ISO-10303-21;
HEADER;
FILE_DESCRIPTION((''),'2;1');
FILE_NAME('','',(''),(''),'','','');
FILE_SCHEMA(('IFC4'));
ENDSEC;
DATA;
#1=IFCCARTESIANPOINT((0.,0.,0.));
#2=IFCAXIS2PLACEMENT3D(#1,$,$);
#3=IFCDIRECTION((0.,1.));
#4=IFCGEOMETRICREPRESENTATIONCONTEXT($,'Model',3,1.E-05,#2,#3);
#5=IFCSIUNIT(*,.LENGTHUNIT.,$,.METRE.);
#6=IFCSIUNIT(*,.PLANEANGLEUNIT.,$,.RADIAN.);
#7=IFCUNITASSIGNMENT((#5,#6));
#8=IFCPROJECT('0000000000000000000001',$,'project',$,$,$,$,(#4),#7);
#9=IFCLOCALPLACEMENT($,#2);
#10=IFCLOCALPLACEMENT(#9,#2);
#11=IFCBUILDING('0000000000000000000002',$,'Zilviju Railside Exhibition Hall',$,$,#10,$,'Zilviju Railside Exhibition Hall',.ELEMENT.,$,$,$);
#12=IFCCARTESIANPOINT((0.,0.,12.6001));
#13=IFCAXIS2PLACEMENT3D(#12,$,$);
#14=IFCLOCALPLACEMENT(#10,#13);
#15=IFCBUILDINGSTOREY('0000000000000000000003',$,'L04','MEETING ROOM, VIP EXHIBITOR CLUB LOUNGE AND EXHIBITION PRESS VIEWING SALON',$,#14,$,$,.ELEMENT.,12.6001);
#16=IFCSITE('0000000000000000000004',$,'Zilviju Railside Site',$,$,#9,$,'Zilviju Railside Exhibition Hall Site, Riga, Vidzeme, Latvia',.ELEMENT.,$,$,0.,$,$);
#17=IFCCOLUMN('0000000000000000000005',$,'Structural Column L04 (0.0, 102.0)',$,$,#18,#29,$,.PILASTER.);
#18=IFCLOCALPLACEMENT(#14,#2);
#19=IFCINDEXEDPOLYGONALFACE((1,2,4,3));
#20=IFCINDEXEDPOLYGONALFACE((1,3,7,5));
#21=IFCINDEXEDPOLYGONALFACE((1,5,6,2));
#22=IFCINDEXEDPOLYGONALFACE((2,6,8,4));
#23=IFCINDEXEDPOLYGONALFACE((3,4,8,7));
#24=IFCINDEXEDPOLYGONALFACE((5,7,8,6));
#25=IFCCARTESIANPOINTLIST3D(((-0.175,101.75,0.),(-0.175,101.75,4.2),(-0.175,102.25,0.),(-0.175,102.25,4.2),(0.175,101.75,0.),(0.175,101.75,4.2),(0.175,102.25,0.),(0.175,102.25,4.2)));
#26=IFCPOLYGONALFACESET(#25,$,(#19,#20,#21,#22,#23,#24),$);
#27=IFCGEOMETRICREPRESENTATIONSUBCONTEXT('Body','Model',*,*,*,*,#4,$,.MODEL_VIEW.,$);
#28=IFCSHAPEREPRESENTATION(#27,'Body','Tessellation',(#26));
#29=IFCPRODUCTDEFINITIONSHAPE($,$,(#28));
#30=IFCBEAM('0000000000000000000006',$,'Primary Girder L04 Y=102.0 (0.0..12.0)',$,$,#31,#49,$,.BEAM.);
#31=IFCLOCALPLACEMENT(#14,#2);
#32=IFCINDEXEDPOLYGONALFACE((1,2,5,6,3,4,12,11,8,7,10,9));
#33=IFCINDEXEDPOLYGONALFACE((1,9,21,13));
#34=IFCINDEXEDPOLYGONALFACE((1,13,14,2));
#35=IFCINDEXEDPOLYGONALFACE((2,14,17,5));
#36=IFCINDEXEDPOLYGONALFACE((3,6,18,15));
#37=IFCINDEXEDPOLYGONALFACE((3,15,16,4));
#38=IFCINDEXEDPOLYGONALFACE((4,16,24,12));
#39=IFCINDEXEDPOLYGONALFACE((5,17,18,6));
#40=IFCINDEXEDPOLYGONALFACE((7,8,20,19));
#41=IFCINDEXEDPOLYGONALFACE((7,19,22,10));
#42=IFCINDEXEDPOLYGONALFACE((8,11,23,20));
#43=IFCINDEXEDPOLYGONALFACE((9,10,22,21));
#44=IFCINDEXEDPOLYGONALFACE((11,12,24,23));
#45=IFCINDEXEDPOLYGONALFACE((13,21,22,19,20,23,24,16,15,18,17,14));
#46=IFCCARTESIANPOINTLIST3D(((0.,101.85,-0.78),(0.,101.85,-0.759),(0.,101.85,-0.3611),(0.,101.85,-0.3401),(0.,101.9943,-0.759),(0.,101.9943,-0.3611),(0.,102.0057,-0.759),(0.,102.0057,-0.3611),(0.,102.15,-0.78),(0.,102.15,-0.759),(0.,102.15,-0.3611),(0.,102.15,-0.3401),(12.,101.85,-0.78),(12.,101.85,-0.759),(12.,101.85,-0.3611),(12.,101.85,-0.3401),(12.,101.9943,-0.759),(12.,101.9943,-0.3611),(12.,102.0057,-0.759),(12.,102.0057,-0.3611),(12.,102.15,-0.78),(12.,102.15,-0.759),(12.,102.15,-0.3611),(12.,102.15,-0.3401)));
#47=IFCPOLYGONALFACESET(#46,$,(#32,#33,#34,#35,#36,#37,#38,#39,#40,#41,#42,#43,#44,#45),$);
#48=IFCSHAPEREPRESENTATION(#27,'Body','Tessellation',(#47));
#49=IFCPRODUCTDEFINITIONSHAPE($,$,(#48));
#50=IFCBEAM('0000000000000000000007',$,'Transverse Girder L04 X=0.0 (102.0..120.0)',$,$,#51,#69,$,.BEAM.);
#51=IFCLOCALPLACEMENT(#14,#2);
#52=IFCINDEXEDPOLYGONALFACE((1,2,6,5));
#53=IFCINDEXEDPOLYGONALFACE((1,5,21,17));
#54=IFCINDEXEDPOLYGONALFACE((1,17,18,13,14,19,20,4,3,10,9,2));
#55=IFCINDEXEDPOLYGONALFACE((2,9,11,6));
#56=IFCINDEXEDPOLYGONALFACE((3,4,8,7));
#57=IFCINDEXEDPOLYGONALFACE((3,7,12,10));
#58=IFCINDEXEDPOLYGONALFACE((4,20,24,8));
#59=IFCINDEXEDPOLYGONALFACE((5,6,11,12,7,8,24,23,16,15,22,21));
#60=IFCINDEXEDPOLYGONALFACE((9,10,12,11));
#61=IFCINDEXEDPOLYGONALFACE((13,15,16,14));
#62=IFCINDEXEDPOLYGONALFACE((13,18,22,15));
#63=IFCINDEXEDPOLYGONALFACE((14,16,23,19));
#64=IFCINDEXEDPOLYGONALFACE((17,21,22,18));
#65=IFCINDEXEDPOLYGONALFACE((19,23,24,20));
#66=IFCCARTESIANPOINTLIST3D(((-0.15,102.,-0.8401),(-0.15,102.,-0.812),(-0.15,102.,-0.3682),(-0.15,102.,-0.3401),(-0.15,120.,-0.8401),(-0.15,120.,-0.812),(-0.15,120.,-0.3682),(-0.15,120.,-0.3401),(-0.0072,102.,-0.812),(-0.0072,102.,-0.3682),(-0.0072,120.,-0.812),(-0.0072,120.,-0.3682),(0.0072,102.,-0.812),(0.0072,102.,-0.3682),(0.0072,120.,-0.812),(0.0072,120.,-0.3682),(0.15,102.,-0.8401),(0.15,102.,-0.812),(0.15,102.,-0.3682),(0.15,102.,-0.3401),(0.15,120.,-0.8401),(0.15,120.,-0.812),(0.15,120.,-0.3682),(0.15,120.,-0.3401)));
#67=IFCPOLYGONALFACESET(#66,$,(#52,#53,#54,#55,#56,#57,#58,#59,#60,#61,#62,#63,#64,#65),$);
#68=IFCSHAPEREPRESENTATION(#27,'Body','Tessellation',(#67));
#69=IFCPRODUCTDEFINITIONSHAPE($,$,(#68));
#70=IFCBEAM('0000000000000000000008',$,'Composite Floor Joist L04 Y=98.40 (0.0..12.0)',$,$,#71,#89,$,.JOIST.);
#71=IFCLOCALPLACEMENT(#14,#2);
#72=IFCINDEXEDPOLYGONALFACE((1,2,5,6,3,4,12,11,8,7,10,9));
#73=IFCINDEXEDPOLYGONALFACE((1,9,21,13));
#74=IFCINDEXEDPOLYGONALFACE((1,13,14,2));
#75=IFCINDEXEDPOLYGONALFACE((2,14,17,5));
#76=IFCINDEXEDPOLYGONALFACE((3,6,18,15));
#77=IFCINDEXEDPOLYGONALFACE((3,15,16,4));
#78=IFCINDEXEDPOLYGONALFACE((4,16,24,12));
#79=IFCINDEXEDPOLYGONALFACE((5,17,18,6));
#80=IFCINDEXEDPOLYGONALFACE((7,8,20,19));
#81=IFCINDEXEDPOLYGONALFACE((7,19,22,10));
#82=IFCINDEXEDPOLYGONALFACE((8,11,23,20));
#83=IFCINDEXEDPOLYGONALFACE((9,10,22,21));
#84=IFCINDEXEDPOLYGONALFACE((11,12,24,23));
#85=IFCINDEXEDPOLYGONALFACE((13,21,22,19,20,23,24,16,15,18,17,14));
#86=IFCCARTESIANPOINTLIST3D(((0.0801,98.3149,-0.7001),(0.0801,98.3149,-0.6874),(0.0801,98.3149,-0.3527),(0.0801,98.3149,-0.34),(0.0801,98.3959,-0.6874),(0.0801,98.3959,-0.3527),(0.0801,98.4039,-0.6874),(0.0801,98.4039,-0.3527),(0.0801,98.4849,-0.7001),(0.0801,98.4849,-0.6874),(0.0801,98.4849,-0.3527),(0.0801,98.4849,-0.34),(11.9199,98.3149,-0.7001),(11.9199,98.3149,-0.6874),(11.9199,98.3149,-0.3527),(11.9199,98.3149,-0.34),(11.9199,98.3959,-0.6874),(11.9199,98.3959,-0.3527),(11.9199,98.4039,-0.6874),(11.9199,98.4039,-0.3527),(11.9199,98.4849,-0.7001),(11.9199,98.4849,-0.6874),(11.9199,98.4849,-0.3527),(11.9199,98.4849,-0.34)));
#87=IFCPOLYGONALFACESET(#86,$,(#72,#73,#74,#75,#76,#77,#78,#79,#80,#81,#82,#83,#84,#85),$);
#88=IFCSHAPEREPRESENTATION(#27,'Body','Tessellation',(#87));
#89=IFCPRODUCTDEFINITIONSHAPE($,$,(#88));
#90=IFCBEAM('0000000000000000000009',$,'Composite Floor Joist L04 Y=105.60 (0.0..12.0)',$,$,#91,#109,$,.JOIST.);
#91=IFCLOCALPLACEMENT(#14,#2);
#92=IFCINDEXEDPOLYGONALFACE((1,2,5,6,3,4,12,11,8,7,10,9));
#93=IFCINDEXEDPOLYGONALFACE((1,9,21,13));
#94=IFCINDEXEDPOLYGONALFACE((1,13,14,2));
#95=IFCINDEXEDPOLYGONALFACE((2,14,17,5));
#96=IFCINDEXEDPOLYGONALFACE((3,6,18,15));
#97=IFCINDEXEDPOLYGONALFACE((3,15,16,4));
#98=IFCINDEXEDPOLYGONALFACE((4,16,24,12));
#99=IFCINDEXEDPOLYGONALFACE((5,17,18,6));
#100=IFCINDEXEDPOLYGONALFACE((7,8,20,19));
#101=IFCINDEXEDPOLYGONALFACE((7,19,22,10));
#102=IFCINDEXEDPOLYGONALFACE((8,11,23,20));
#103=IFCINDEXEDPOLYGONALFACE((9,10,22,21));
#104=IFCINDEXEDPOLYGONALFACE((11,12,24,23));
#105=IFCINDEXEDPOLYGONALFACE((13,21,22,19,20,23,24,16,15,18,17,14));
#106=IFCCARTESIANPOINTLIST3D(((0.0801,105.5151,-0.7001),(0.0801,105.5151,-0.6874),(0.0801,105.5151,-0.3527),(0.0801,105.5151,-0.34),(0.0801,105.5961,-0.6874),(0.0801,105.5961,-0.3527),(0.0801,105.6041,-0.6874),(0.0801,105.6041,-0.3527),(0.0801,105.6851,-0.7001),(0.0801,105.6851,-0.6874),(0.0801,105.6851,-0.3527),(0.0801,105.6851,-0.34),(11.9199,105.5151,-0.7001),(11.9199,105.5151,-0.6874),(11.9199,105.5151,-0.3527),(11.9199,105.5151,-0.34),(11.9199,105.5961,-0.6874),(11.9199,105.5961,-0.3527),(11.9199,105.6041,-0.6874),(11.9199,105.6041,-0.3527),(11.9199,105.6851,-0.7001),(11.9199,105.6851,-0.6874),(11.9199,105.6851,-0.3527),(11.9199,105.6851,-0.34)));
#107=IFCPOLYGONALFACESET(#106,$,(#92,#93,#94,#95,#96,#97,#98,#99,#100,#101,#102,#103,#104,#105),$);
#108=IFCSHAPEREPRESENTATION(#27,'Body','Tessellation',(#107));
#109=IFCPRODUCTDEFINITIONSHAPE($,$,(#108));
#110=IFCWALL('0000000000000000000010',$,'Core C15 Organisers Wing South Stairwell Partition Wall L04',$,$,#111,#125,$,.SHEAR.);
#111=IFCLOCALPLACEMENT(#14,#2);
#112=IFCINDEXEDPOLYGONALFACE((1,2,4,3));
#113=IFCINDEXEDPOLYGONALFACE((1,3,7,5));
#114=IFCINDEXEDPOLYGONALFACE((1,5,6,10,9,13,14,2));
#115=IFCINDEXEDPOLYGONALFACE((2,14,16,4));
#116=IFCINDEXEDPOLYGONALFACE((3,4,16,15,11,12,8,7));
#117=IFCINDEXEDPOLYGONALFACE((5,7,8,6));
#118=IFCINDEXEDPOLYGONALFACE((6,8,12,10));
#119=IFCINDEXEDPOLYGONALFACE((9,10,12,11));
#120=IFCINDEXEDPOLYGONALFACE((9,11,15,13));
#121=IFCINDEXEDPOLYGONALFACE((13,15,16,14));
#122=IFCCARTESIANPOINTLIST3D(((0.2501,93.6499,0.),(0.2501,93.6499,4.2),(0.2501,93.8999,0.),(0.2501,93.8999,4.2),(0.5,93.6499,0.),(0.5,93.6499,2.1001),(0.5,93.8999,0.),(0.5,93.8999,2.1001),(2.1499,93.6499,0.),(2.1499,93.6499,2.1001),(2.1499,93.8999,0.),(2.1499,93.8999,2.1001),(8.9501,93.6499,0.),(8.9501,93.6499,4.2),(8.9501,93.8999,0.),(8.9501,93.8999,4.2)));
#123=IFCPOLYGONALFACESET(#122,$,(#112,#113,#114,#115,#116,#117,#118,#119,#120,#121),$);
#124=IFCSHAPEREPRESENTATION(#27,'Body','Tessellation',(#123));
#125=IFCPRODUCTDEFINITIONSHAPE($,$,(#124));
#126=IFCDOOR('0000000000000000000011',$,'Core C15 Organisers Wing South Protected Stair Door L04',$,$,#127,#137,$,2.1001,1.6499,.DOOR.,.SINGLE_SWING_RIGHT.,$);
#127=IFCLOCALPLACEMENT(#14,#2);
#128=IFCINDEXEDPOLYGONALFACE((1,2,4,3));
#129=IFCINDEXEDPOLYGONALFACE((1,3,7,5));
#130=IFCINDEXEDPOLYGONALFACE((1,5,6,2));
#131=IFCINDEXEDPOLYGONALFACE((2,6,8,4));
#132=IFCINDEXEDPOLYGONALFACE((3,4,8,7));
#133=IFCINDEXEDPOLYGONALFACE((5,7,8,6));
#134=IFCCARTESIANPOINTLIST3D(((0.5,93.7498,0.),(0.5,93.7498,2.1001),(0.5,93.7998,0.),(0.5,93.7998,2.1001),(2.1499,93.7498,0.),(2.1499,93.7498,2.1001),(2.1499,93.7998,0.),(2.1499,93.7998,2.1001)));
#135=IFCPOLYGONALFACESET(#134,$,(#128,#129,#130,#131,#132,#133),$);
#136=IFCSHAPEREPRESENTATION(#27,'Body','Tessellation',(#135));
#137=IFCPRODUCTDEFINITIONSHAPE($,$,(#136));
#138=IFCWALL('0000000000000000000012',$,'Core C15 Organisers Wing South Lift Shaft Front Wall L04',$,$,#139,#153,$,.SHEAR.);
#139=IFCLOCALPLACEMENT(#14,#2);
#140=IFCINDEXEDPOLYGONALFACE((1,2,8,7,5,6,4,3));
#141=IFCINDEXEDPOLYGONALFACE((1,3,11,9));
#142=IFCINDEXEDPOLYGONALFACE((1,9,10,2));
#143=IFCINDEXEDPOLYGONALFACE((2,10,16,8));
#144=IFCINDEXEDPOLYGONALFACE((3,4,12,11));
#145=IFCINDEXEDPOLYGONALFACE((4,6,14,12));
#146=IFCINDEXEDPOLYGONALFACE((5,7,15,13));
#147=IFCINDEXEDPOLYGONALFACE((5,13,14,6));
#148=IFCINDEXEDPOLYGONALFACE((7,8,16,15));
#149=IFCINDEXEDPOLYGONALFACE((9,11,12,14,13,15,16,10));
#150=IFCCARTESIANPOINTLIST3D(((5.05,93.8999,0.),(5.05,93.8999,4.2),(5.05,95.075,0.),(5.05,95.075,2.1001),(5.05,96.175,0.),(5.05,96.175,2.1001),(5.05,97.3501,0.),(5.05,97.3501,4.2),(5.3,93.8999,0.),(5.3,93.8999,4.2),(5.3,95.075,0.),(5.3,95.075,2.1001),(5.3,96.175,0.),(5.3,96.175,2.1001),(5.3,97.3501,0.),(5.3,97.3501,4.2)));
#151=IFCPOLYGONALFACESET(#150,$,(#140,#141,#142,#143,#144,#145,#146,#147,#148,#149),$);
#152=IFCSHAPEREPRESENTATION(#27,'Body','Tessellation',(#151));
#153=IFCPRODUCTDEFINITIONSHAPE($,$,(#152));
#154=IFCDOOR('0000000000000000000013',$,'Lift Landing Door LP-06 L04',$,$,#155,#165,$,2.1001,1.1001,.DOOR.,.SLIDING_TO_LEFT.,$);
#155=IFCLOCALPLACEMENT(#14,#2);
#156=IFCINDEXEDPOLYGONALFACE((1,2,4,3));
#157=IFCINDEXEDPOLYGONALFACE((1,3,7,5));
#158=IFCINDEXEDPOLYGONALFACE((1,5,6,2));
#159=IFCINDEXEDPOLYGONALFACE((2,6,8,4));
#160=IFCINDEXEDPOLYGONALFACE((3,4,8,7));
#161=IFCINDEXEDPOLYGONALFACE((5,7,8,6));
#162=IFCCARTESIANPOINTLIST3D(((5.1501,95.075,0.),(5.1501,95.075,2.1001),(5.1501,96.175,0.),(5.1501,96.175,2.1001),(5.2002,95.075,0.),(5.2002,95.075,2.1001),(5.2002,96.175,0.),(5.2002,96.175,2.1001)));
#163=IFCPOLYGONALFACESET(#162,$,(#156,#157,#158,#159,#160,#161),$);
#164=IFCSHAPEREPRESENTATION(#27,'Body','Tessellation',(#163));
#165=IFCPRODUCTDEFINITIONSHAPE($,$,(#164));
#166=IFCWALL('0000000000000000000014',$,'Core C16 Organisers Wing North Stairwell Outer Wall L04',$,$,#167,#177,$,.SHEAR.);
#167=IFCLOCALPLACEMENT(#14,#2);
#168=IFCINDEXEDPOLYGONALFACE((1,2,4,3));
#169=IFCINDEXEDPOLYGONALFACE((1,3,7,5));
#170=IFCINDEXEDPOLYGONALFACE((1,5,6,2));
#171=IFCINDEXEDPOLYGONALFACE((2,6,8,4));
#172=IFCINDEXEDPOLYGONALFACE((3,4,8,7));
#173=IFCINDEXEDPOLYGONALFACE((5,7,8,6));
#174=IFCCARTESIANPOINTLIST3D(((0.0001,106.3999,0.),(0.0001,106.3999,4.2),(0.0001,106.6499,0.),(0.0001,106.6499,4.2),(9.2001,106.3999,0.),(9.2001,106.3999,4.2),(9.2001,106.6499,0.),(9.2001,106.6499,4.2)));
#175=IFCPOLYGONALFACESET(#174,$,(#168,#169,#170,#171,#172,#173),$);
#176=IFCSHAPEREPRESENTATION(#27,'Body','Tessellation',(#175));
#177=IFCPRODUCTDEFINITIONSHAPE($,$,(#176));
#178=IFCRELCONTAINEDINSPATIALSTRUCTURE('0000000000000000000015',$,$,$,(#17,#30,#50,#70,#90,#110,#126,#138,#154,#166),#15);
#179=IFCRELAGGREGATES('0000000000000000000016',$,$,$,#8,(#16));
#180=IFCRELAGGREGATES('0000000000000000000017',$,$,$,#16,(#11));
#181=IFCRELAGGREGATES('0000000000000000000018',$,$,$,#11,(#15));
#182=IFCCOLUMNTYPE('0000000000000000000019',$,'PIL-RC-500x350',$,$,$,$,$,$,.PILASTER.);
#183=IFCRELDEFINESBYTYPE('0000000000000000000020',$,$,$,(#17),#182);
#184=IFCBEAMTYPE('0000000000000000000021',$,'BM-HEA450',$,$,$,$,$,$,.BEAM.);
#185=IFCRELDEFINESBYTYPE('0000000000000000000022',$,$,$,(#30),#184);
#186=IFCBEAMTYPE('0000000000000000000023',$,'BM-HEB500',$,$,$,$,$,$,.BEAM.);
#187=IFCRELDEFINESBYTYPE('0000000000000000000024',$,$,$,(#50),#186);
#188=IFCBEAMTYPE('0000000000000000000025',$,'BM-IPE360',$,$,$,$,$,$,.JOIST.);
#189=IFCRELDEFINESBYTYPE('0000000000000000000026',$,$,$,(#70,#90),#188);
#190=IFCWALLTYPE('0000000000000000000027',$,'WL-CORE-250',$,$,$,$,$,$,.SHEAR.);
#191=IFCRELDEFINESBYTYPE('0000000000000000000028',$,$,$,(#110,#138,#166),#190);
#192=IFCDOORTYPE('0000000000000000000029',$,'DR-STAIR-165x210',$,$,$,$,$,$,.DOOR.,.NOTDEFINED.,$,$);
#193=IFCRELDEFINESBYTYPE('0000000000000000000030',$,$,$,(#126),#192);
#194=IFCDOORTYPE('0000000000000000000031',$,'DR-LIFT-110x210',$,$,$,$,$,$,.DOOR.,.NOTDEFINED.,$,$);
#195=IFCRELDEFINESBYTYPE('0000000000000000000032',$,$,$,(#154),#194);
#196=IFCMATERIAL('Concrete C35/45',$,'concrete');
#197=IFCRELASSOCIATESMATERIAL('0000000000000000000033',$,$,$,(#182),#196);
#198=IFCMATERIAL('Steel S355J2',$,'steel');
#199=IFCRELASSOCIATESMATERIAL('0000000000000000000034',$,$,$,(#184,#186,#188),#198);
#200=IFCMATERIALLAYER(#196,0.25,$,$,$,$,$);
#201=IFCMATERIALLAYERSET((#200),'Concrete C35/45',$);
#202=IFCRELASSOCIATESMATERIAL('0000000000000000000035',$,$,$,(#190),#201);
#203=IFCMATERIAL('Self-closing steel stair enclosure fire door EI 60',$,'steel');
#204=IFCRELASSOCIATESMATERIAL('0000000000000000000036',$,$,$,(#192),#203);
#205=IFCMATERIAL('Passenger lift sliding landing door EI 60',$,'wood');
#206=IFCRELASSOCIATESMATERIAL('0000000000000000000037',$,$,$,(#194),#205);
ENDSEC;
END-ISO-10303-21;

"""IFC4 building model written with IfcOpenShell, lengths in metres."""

from ifc_helpers import new_model, si_unit, direction, frame, frame_2d, origin, origin_2d, place, context, subcontext, project, spatial, rectangle, i_section, extrude, material, layer, layer_set, material_profile, profile_set, type_object, element, fill, save


model = new_model("IFC4")

# Units and contexts
model_context = context("Model", 3, precision=1e-05, world=origin(), true_north=direction((0.0, 1.0)))
body_context = subcontext(model_context, "Body", "Model", "MODEL_VIEW")
ifc_project = project(units=[si_unit("LENGTHUNIT", "METRE"), si_unit("PLANEANGLEUNIT", "RADIAN")], contexts=[model_context])

# Site, building, storey
site_placement = place(None, origin())
site = spatial("IfcSite", under=ifc_project, at=site_placement, Name="Zilviju Railside Site", LongName="Zilviju Railside Exhibition Hall Site, Riga, Vidzeme, Latvia", CompositionType="ELEMENT", RefElevation=0.0)
building_placement = place(site_placement, origin())
building = spatial("IfcBuilding", under=site, at=building_placement, Name="Zilviju Railside Exhibition Hall", LongName="Zilviju Railside Exhibition Hall", CompositionType="ELEMENT")
storey_placement = place(building_placement, frame((0.0, 0.0, 12.6001)))
storey = spatial("IfcBuildingStorey", under=building, at=storey_placement, Name="L04", Description="MEETING ROOM, VIP EXHIBITOR CLUB LOUNGE AND EXHIBITION PRESS VIEWING SALON", CompositionType="ELEMENT", Elevation=12.6001)

# Column
ifc_material_1 = material(Name="Concrete C35/45", Category="concrete")
ifc_material_profile_1 = material_profile(ifc_material_1, rectangle(XDim=0.3501, YDim=0.5, at=origin_2d()), Name="RC COL 350x500")
ifc_profile_set_1 = profile_set([ifc_material_profile_1], Name="Concrete C35/45")
column_type = type_object("IfcColumnType", Name="PIL-RC-500x350", PredefinedType="PILASTER", material=ifc_profile_set_1)
column_placement = place(storey_placement, frame((0.0, 102.0, 0.0), z_axis=(0.0, 0.0, 1.0), x_axis=(1.0, 0.0, 0.0)))
element("IfcColumn", 1, at=column_placement, inside=storey, type_object=column_type, Name="Structural Column L04 (0.0, 102.0)", PredefinedType="PILASTER", context=body_context, shape_type="SweptSolid", body=[
    extrude(rectangle(XDim=0.3501, YDim=0.5, at=origin_2d()), origin(), (0.0, 0.0, 1.0), 4.2),
])

# Beams
ifc_material_2 = material(Name="Steel S355J2", Category="steel")
ifc_material_profile_2 = material_profile(ifc_material_2, i_section(OverallWidth=0.3, OverallDepth=0.4399, WebThickness=0.0115, FlangeThickness=0.021, at=origin_2d()), Name="HEA 450")
ifc_profile_set_2 = profile_set([ifc_material_profile_2], Name="Steel S355J2")
beam_type_1 = type_object("IfcBeamType", Name="BM-HEA450", PredefinedType="BEAM", material=ifc_profile_set_2)
beam_1_placement = place(storey_placement, frame((0.0, 102.0, -0.5601), z_axis=(1.0, 0.0, 0.0), x_axis=(0.0, 1.0, 0.0)))
element("IfcBeam", 2, at=beam_1_placement, inside=storey, type_object=beam_type_1, Name="Primary Girder L04 Y=102.0 (0.0..12.0)", PredefinedType="BEAM", context=body_context, shape_type="SweptSolid", body=[
    extrude(i_section(OverallWidth=0.3, OverallDepth=0.4399, WebThickness=0.0115, FlangeThickness=0.021, at=origin_2d()), origin(), (0.0, 0.0, 1.0), 12.0),
])
ifc_material_profile_3 = material_profile(ifc_material_2, i_section(OverallWidth=0.3, OverallDepth=0.5, WebThickness=0.0144, FlangeThickness=0.0281, at=origin_2d()), Name="HEB 500")
ifc_profile_set_3 = profile_set([ifc_material_profile_3], Name="Steel S355J2")
beam_type_2 = type_object("IfcBeamType", Name="BM-HEB500", PredefinedType="BEAM", material=ifc_profile_set_3)
beam_2_placement = place(storey_placement, frame((0.0, 102.0, -0.5901), z_axis=(0.0, 1.0, 0.0), x_axis=(-1.0, 0.0, 0.0)))
element("IfcBeam", 3, at=beam_2_placement, inside=storey, type_object=beam_type_2, Name="Transverse Girder L04 X=0.0 (102.0..120.0)", PredefinedType="BEAM", context=body_context, shape_type="SweptSolid", body=[
    extrude(i_section(OverallWidth=0.3, OverallDepth=0.5, WebThickness=0.0144, FlangeThickness=0.0281, at=origin_2d()), origin(), (0.0, 0.0, 1.0), 18.0),
])
ifc_material_profile_4 = material_profile(ifc_material_2, i_section(OverallWidth=0.1699, OverallDepth=0.3601, WebThickness=0.0081, FlangeThickness=0.0127, at=origin_2d()), Name="IPE 360")
ifc_profile_set_4 = profile_set([ifc_material_profile_4], Name="Steel S355J2")
beam_type_3 = type_object("IfcBeamType", Name="BM-IPE360", PredefinedType="JOIST", material=ifc_profile_set_4)
for number, where, z_axis, x_axis, name in (
    (4, (0.0801, 98.3999, -0.52), (1.0, 0.0, 0.0), (0.0, 1.0, 0.0), "Composite Floor Joist L04 Y=98.40 (0.0..12.0)"),
    (5, (0.0801, 105.6001, -0.52), (1.0, 0.0, 0.0), (0.0, 1.0, 0.0), "Composite Floor Joist L04 Y=105.60 (0.0..12.0)"),
):
    element("IfcBeam", number, at=place(storey_placement, frame(where, z_axis=z_axis, x_axis=x_axis)), inside=storey, type_object=beam_type_3, Name=name, PredefinedType="JOIST", context=body_context, shape_type="SweptSolid", body=[
        extrude(i_section(OverallWidth=0.1699, OverallDepth=0.3601, WebThickness=0.0081, FlangeThickness=0.0127, at=origin_2d()), origin(), (0.0, 0.0, 1.0), 11.8398),
    ])

# Walls, openings, doors
ifc_layer_1 = layer(ifc_material_1, 0.25)
ifc_layer_set_1 = layer_set([ifc_layer_1], Name="Concrete C35/45")
wall_type_1 = type_object("IfcWallType", Name="WL-CORE-250", PredefinedType="SHEAR", material=ifc_layer_set_1)
wall_1_placement = place(storey_placement, frame((0.25, 93.7749, 0.0), z_axis=(0.0, 0.0, 1.0), x_axis=(1.0, 0.0, 0.0)))
wall_1 = element("IfcWall", 6, at=wall_1_placement, inside=storey, type_object=wall_type_1, Name="Core C15 Organisers Wing South Stairwell Partition Wall L04", PredefinedType="SHEAR", context=body_context, shape_type="SweptSolid", body=[
    extrude(rectangle(XDim=8.7, YDim=0.25, at=frame_2d((4.3501, 0.0))), origin(), (0.0, 0.0, 1.0), 4.2),
])
opening_1_placement = place(wall_1_placement, frame((0.25, 0.0, 0.0)))
opening_1 = element("IfcOpeningElement", 7, at=opening_1_placement, cuts=wall_1, PredefinedType="OPENING", context=body_context, shape_type="SweptSolid", body=[
    extrude(rectangle(XDim=1.6499, YDim=2.1001, at=frame_2d((0.825, 1.05))), frame((0.0, 0.135, 0.0), z_axis=(0.0, -1.0, 0.0), x_axis=(1.0, 0.0, 0.0)), (0.0, 0.0, 1.0), 0.27),
])
ifc_material_3 = material(Name="Self-closing steel stair enclosure fire door EI 60", Category="steel")
door_type_1 = type_object("IfcDoorType", Name="DR-STAIR-165x210", OperationType="NOTDEFINED", PredefinedType="DOOR", material=ifc_material_3)
door_1_placement = place(opening_1_placement, origin())
door_1 = element("IfcDoor", 8, at=door_1_placement, inside=storey, type_object=door_type_1, Name="Core C15 Organisers Wing South Protected Stair Door L04", OperationType="SINGLE_SWING_RIGHT", OverallHeight=2.1001, OverallWidth=1.6499, PredefinedType="DOOR", context=body_context, shape_type="SweptSolid", body=[
    extrude(rectangle(XDim=1.6499, YDim=2.1001, at=frame_2d((0.825, 1.05))), frame((0.0, 0.0249, 0.0), z_axis=(0.0, -1.0, 0.0), x_axis=(1.0, 0.0, 0.0)), (0.0, 0.0, 1.0), 0.05),
])
fill(opening_1, door_1)
wall_2_placement = place(storey_placement, frame((5.175, 93.8999, 0.0), z_axis=(0.0, 0.0, 1.0), x_axis=(0.0, 1.0, 0.0)))
wall_2 = element("IfcWall", 9, at=wall_2_placement, inside=storey, type_object=wall_type_1, Name="Core C15 Organisers Wing South Lift Shaft Front Wall L04", PredefinedType="SHEAR", context=body_context, shape_type="SweptSolid", body=[
    extrude(rectangle(XDim=3.4502, YDim=0.25, at=frame_2d((1.7251, 0.0))), origin(), (0.0, 0.0, 1.0), 4.2),
])
opening_2_placement = place(wall_2_placement, frame((1.175, 0.0, 0.0)))
opening_2 = element("IfcOpeningElement", 10, at=opening_2_placement, cuts=wall_2, PredefinedType="OPENING", context=body_context, shape_type="SweptSolid", body=[
    extrude(rectangle(XDim=1.1001, YDim=2.1001, at=frame_2d((0.55, 1.05))), frame((0.0, 0.135, 0.0), z_axis=(0.0, -1.0, 0.0), x_axis=(1.0, 0.0, 0.0)), (0.0, 0.0, 1.0), 0.27),
])
ifc_material_4 = material(Name="Passenger lift sliding landing door EI 60", Category="wood")
door_type_2 = type_object("IfcDoorType", Name="DR-LIFT-110x210", OperationType="NOTDEFINED", PredefinedType="DOOR", material=ifc_material_4)
door_2_placement = place(opening_2_placement, origin())
door_2 = element("IfcDoor", 11, at=door_2_placement, inside=storey, type_object=door_type_2, Name="Lift Landing Door LP-06 L04", OperationType="SLIDING_TO_LEFT", OverallHeight=2.1001, OverallWidth=1.1001, PredefinedType="DOOR", context=body_context, shape_type="SweptSolid", body=[
    extrude(rectangle(XDim=1.1001, YDim=2.1001, at=frame_2d((0.55, 1.05))), frame((0.0, 0.0249, 0.0), z_axis=(0.0, -1.0, 0.0), x_axis=(1.0, 0.0, 0.0)), (0.0, 0.0, 1.0), 0.05),
])
fill(opening_2, door_2)

# Wall
wall_3_placement = place(storey_placement, frame((0.0, 106.5249, 0.0), z_axis=(0.0, 0.0, 1.0), x_axis=(1.0, 0.0, 0.0)))
element("IfcWall", 12, at=wall_3_placement, inside=storey, type_object=wall_type_1, Name="Core C16 Organisers Wing North Stairwell Outer Wall L04", PredefinedType="SHEAR", context=body_context, shape_type="SweptSolid", body=[
    extrude(rectangle(XDim=9.2, YDim=0.25, at=frame_2d((4.6001, 0.0))), origin(), (0.0, 0.0, 1.0), 4.2),
])

save(model, "model.ifc")
